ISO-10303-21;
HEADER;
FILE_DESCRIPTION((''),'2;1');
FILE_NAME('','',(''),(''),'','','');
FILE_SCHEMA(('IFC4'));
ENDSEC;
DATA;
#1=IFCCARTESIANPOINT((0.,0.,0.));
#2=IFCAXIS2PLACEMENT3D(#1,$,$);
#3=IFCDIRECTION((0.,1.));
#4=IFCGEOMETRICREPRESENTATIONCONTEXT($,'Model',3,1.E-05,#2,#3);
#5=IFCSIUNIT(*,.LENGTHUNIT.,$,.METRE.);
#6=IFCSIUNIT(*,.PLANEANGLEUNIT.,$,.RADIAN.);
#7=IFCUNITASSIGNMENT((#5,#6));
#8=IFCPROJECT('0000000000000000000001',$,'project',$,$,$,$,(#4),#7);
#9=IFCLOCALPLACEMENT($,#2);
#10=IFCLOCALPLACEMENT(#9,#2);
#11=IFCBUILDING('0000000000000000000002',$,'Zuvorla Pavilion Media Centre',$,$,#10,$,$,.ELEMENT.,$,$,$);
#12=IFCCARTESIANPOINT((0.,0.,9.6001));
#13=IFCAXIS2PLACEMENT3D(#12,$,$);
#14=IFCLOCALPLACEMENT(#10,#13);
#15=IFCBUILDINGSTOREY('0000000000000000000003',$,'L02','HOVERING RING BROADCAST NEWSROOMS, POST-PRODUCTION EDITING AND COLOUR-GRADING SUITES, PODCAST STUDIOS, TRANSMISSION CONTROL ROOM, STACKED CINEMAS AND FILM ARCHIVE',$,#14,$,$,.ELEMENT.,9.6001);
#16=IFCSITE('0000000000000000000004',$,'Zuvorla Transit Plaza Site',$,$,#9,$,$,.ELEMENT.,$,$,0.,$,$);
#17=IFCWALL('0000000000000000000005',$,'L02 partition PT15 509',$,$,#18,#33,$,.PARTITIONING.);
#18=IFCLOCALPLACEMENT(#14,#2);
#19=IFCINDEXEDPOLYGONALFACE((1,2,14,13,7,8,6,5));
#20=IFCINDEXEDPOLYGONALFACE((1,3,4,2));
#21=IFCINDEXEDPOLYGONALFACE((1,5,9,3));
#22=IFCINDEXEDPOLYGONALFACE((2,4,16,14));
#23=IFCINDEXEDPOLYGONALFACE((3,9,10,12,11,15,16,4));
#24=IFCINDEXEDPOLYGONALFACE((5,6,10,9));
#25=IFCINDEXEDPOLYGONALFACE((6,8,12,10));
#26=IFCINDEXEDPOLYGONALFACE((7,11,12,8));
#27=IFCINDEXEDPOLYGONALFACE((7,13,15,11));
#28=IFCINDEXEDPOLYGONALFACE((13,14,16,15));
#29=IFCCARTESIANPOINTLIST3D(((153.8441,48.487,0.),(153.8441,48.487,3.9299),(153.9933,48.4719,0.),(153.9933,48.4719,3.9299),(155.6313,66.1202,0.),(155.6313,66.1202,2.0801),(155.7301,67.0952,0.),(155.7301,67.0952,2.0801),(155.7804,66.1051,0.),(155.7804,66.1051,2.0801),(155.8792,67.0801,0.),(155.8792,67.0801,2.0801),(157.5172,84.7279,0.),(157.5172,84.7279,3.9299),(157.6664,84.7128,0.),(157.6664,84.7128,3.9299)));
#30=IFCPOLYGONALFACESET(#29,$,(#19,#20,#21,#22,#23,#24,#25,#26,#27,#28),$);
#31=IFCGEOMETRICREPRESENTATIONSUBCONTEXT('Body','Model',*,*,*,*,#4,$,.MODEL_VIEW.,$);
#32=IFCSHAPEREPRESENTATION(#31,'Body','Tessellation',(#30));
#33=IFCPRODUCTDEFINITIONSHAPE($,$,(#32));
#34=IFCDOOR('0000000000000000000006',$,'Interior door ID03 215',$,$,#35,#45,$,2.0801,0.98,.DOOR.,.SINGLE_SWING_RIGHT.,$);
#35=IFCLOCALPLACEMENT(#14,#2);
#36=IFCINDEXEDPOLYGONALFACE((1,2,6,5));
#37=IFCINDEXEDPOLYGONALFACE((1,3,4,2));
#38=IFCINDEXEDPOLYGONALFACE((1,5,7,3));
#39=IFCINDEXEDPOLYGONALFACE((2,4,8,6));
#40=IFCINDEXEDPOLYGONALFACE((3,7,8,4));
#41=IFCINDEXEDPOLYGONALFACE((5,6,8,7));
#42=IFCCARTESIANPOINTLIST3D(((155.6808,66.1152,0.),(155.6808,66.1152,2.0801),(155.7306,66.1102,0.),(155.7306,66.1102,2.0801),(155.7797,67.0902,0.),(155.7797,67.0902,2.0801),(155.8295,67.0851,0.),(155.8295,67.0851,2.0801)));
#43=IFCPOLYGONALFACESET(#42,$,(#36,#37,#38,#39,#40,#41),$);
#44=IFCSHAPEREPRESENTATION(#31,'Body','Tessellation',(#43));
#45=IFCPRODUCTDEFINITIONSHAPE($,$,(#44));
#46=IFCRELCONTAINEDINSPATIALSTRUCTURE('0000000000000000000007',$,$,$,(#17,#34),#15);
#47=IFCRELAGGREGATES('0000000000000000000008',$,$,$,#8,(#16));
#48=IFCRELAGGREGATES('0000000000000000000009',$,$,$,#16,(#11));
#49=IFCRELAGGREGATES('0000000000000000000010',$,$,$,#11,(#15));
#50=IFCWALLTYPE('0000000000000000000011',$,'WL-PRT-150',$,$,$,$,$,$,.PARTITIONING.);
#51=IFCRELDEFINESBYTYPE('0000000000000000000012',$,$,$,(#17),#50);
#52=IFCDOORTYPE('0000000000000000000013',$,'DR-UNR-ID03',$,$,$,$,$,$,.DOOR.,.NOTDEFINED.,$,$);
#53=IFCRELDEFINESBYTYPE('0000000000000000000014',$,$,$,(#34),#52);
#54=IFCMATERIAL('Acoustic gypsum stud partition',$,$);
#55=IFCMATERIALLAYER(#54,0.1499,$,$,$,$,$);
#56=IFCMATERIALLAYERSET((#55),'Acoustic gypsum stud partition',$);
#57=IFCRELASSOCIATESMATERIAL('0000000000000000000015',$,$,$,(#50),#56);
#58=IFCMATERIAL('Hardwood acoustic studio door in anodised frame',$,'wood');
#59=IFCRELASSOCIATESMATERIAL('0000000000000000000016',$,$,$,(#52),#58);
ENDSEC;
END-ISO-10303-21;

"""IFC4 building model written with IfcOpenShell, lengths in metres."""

from ifc_helpers import new_model, si_unit, direction, frame, frame_2d, origin, place, context, subcontext, project, spatial, rectangle, extrude, material, layer, layer_set, type_object, element, fill, save


model = new_model("IFC4")

# Units and contexts
model_context = context("Model", 3, precision=1e-05, world=origin(), true_north=direction((0.0, 1.0)))
body_context = subcontext(model_context, "Body", "Model", "MODEL_VIEW")
ifc_project = project(units=[si_unit("LENGTHUNIT", "METRE"), si_unit("PLANEANGLEUNIT", "RADIAN")], contexts=[model_context])

# Site, building, storey
site_placement = place(None, origin())
site = spatial("IfcSite", under=ifc_project, at=site_placement, Name="Zuvorla Transit Plaza Site", CompositionType="ELEMENT", RefElevation=0.0)
building_placement = place(site_placement, origin())
building = spatial("IfcBuilding", under=site, at=building_placement, Name="Zuvorla Pavilion Media Centre", CompositionType="ELEMENT")
storey_placement = place(building_placement, frame((0.0, 0.0, 9.6001)))
storey = spatial("IfcBuildingStorey", under=building, at=storey_placement, Name="L02", Description="HOVERING RING BROADCAST NEWSROOMS, POST-PRODUCTION EDITING AND COLOUR-GRADING SUITES, PODCAST STUDIOS, TRANSMISSION CONTROL ROOM, STACKED CINEMAS AND FILM ARCHIVE", CompositionType="ELEMENT", Elevation=9.6001)

# Wall, opening, door
ifc_material_1 = material(Name="Acoustic gypsum stud partition")
ifc_layer_1 = layer(ifc_material_1, 0.1499)
ifc_layer_set_1 = layer_set([ifc_layer_1], Name="Acoustic gypsum stud partition")
wall_type = type_object("IfcWallType", Name="WL-PRT-150", PredefinedType="PARTITIONING", material=ifc_layer_set_1)
wall_placement = place(storey_placement, frame((157.5918, 84.7205, 0.0), z_axis=(0.0, 0.0, 1.0), x_axis=(-0.100835, -0.994903, 0.0)))
wall = element("IfcWall", 1, at=wall_placement, inside=storey, type_object=wall_type, Name="L02 partition PT15 509", PredefinedType="PARTITIONING", context=body_context, shape_type="SweptSolid", body=[
    extrude(rectangle(XDim=36.4265, YDim=0.1499, at=frame_2d((18.2134, 0.0))), origin(), (0.0, 0.0, 1.0), 3.9299),
])
opening_placement = place(wall_placement, frame((17.7231, 0.0, 0.0)))
opening = element("IfcOpeningElement", 2, at=opening_placement, cuts=wall, PredefinedType="OPENING", context=body_context, shape_type="SweptSolid", body=[
    extrude(rectangle(XDim=0.98, YDim=2.0801, at=frame_2d((0.49, 1.04))), frame((0.0, 0.085, 0.0), z_axis=(0.0, -1.0, 0.0), x_axis=(1.0, 0.0, 0.0)), (0.0, 0.0, 1.0), 0.1699),
])
ifc_material_2 = material(Name="Hardwood acoustic studio door in anodised frame", Category="wood")
door_type = type_object("IfcDoorType", Name="DR-UNR-ID03", OperationType="NOTDEFINED", PredefinedType="DOOR", material=ifc_material_2)
door_placement = place(opening_placement, origin())
door = element("IfcDoor", 3, at=door_placement, inside=storey, type_object=door_type, Name="Interior door ID03 215", OperationType="SINGLE_SWING_RIGHT", OverallHeight=2.0801, OverallWidth=0.98, PredefinedType="DOOR", context=body_context, shape_type="SweptSolid", body=[
    extrude(rectangle(XDim=0.98, YDim=2.0801, at=frame_2d((0.49, 1.04))), frame((0.0, 0.0249, 0.0), z_axis=(0.0, -1.0, 0.0), x_axis=(1.0, 0.0, 0.0)), (0.0, 0.0, 1.0), 0.05),
])
fill(opening, door)

save(model, "model.ifc")
